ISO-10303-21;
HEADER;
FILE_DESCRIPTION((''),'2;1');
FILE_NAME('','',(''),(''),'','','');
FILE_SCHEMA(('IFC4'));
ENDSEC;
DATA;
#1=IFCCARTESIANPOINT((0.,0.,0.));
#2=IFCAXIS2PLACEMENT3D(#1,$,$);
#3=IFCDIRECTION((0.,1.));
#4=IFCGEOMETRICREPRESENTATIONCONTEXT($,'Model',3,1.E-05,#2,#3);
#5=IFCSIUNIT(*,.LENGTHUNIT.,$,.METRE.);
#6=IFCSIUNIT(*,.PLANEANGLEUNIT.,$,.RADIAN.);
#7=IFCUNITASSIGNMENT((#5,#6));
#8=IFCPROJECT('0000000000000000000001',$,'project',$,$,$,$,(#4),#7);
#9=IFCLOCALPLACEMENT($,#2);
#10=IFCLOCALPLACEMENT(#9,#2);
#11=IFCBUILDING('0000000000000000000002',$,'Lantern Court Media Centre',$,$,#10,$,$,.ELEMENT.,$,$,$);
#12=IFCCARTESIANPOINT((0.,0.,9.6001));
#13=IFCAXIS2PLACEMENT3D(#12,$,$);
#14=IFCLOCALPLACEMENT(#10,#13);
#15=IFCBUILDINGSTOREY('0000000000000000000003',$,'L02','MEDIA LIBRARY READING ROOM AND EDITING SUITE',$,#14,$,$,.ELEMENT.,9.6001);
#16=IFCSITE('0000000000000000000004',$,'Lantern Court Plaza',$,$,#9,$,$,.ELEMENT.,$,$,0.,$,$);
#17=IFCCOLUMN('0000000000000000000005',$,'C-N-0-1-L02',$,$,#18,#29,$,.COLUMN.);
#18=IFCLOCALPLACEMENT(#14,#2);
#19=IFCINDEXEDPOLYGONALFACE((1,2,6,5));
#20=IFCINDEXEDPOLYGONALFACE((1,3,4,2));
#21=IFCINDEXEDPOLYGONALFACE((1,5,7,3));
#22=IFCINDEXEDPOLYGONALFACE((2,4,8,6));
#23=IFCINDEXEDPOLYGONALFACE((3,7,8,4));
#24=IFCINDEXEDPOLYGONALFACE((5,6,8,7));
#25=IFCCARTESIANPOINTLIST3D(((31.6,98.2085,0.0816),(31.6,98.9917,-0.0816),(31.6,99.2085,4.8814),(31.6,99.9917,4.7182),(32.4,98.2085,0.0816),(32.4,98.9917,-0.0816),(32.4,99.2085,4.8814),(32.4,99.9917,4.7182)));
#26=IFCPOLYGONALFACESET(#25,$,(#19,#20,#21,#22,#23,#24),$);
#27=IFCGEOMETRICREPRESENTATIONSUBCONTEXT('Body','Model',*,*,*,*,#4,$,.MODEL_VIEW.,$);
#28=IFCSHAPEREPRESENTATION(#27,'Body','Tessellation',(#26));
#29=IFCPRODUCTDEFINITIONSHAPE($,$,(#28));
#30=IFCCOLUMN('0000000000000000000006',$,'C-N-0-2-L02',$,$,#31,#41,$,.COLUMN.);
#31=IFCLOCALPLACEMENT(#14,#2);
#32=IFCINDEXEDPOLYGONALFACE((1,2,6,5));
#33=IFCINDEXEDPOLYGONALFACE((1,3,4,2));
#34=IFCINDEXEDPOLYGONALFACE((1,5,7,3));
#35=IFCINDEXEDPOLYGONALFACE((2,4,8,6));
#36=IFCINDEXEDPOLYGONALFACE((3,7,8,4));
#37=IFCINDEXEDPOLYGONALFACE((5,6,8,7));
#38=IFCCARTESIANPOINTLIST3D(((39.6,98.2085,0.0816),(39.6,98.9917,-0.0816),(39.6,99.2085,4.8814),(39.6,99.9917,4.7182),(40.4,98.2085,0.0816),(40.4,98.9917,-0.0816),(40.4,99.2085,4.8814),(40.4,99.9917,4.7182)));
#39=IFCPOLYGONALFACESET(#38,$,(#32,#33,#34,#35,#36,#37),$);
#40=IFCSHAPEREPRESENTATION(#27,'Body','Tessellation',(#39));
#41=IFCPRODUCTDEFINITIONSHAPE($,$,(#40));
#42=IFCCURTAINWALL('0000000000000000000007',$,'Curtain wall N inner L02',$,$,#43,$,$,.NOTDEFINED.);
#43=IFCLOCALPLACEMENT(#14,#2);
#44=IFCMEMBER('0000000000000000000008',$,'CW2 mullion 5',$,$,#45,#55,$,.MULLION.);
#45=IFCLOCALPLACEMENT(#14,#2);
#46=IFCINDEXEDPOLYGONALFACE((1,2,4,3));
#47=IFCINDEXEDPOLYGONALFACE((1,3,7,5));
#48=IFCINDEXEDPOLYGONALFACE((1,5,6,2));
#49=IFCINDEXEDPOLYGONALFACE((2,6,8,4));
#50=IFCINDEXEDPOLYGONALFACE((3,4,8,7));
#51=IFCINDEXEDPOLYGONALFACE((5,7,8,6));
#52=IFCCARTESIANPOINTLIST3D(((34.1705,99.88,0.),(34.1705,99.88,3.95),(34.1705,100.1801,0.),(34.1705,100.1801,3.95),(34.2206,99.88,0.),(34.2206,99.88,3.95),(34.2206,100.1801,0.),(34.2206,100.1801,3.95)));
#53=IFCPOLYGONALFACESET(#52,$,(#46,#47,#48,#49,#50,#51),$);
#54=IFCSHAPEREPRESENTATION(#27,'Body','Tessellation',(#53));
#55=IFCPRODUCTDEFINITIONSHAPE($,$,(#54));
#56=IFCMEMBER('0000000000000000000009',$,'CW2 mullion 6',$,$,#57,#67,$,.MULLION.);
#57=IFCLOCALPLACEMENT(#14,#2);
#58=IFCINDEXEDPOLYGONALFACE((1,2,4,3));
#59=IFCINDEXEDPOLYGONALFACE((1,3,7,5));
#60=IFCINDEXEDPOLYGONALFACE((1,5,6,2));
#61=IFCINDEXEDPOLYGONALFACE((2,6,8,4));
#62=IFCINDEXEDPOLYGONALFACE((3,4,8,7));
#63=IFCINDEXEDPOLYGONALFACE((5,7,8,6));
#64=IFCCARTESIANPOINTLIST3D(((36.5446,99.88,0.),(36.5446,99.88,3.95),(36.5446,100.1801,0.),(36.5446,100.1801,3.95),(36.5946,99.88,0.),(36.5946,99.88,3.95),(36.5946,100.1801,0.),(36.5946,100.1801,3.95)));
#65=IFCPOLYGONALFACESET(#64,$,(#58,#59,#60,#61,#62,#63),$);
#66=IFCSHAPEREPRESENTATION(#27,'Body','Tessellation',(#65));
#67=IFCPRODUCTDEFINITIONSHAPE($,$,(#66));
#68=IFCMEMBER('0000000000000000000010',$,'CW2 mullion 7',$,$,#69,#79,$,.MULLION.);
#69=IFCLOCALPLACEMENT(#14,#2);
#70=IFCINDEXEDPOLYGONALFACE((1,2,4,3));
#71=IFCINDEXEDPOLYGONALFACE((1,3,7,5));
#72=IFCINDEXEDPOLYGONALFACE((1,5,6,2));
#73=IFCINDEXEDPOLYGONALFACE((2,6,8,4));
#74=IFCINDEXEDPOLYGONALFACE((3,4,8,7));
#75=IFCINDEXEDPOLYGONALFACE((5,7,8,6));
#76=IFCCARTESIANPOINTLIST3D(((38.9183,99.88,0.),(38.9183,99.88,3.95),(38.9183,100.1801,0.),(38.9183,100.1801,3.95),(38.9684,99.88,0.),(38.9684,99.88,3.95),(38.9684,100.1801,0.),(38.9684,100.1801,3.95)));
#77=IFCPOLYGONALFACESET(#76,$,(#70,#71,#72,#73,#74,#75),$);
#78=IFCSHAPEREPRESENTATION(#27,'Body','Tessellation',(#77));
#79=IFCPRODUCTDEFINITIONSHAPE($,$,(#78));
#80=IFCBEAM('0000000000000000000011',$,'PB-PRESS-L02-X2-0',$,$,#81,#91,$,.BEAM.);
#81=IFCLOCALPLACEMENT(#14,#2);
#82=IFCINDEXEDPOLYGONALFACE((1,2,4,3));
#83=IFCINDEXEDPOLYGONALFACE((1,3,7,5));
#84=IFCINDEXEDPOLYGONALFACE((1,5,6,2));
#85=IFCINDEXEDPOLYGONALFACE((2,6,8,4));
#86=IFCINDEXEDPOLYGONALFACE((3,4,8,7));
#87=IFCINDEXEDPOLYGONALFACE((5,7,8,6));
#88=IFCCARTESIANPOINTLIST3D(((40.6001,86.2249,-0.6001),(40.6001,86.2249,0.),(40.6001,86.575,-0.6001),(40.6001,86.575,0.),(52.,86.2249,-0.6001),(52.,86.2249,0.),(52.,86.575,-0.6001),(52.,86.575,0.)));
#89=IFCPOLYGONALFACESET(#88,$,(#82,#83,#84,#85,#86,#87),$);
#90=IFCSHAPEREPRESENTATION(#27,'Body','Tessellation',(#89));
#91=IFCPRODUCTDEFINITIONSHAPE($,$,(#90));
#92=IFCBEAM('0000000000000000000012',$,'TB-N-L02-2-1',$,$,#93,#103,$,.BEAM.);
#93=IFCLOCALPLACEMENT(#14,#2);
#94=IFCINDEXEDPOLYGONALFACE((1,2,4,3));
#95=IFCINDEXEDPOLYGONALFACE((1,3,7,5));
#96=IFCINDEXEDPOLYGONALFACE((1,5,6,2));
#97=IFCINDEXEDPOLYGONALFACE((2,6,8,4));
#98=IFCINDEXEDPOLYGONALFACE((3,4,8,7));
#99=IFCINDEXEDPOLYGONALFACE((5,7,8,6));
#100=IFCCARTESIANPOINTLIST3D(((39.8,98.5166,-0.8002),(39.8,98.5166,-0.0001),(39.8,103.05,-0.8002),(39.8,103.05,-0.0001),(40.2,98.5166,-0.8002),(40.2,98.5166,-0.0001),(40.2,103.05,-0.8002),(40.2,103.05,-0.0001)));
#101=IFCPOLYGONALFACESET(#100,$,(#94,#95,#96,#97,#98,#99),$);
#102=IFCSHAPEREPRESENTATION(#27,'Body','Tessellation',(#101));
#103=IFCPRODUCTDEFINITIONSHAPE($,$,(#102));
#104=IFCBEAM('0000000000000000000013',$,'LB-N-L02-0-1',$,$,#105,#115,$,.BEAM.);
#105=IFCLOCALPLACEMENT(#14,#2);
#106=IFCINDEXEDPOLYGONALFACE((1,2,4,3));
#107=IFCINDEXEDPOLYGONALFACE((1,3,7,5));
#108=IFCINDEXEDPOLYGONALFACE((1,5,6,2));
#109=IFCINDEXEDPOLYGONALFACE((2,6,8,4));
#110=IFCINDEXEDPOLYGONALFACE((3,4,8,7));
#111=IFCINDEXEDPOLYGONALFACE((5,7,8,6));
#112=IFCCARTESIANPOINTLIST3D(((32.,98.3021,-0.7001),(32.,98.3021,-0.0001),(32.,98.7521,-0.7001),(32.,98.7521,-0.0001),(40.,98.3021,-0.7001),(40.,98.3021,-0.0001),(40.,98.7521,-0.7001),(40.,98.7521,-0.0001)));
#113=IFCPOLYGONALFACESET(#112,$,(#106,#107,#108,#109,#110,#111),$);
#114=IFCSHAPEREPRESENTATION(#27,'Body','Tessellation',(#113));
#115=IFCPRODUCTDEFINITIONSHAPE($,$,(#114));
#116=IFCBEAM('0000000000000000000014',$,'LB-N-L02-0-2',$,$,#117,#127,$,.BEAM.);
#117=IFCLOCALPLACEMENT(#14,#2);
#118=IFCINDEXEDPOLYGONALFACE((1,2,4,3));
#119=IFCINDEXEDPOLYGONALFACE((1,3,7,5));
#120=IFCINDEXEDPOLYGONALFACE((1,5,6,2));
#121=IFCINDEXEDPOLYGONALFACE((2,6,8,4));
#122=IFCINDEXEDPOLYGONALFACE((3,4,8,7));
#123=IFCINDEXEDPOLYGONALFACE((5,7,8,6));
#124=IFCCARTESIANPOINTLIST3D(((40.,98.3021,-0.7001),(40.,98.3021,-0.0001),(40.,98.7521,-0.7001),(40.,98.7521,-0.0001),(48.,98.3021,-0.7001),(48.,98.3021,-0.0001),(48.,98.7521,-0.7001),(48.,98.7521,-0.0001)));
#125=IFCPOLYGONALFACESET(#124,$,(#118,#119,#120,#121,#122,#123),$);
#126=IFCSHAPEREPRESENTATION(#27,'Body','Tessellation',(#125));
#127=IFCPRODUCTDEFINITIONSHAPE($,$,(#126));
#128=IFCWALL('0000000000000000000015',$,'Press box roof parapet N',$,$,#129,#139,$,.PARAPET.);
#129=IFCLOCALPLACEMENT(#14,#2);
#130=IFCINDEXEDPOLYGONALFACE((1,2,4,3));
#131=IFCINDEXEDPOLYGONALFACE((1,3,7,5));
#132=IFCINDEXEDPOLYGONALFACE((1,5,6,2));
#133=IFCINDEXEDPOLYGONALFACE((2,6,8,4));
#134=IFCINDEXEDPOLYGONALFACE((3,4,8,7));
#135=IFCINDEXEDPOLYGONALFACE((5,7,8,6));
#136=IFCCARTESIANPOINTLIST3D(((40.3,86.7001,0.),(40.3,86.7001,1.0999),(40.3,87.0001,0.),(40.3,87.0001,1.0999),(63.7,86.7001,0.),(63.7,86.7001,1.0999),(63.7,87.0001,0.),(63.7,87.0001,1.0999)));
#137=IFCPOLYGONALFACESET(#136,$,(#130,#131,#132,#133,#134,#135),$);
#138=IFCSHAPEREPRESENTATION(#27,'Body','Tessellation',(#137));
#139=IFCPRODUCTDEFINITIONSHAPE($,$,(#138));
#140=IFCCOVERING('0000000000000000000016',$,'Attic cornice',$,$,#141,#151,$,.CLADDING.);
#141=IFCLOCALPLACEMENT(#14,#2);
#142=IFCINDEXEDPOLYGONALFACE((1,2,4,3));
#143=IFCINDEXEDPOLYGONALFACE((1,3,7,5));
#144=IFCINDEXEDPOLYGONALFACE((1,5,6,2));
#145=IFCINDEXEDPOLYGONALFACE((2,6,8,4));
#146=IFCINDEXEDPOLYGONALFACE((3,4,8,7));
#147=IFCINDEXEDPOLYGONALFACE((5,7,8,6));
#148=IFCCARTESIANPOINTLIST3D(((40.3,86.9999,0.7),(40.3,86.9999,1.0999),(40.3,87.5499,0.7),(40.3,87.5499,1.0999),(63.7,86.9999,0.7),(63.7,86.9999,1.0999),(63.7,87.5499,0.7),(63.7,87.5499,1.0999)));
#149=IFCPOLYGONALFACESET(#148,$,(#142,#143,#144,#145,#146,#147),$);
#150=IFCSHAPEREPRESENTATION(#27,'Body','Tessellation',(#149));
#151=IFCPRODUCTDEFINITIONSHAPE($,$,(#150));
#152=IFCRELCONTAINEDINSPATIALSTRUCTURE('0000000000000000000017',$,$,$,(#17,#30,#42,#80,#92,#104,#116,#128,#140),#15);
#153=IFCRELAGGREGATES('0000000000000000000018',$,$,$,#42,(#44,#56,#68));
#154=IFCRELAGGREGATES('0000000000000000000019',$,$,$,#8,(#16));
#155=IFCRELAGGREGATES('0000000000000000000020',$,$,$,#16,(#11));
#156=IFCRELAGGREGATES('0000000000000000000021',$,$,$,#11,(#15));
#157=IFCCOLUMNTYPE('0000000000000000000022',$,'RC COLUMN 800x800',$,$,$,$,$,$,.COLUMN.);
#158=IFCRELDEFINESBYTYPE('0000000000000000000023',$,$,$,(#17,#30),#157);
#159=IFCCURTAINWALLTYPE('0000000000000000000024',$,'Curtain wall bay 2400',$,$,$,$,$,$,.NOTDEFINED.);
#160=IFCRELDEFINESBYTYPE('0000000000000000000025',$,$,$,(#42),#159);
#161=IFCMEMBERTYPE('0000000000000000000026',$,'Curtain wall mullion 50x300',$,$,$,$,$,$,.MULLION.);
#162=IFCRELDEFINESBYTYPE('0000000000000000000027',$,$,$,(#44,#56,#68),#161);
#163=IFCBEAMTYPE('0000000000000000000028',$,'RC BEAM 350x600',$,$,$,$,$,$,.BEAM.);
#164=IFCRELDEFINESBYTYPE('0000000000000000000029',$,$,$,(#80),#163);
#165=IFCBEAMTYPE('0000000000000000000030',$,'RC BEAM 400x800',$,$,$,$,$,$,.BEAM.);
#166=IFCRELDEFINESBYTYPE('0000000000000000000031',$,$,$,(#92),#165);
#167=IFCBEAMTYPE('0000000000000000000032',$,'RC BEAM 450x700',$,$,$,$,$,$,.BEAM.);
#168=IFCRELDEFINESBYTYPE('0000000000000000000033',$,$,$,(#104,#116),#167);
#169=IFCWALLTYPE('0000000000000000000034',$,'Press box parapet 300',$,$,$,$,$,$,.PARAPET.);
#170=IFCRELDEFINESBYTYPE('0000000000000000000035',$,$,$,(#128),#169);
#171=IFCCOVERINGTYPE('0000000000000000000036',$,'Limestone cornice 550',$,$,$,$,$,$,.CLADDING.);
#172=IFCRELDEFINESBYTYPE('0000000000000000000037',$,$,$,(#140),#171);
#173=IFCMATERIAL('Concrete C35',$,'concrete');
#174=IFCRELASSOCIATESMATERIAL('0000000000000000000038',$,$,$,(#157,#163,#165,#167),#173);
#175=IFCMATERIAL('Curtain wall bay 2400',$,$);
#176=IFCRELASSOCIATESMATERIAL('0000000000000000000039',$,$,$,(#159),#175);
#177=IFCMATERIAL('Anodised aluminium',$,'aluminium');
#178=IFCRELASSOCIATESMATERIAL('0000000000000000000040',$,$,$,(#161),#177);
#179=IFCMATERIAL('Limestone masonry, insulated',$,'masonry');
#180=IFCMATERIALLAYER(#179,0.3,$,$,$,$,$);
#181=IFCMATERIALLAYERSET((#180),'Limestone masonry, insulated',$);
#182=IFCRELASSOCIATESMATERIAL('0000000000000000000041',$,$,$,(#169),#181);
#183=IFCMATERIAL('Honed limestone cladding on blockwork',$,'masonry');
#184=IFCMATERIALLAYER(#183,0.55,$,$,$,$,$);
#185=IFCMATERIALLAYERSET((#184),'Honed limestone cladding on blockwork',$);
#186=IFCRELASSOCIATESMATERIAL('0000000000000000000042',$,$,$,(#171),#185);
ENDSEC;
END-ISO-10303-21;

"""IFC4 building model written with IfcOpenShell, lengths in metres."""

from ifc_helpers import new_model, si_unit, direction, frame, frame_2d, origin, origin_2d, place, context, subcontext, project, spatial, rectangle, extrude, material, layer, layer_set, material_profile, profile_set, type_object, element, aggregate, save


model = new_model("IFC4")

# Units and contexts
model_context = context("Model", 3, precision=1e-05, world=origin(), true_north=direction((0.0, 1.0)))
body_context = subcontext(model_context, "Body", "Model", "MODEL_VIEW")
ifc_project = project(units=[si_unit("LENGTHUNIT", "METRE"), si_unit("PLANEANGLEUNIT", "RADIAN")], contexts=[model_context])

# Site, building, storey
site_placement = place(None, origin())
site = spatial("IfcSite", under=ifc_project, at=site_placement, Name="Lantern Court Plaza", CompositionType="ELEMENT", RefElevation=0.0)
building_placement = place(site_placement, origin())
building = spatial("IfcBuilding", under=site, at=building_placement, Name="Lantern Court Media Centre", CompositionType="ELEMENT")
storey_placement = place(building_placement, frame((0.0, 0.0, 9.6001)))
storey = spatial("IfcBuildingStorey", under=building, at=storey_placement, Name="L02", Description="MEDIA LIBRARY READING ROOM AND EDITING SUITE", CompositionType="ELEMENT", Elevation=9.6001)

# Columns
ifc_material_1 = material(Name="Concrete C35", Category="concrete")
ifc_material_profile_1 = material_profile(ifc_material_1, rectangle(XDim=0.8, YDim=0.8, at=origin_2d()), Name="RC 800x800")
ifc_profile_set_1 = profile_set([ifc_material_profile_1], Name="Concrete C35")
column_type = type_object("IfcColumnType", Name="RC COLUMN 800x800", PredefinedType="COLUMN", material=ifc_profile_set_1)
for number, where, z_axis, x_axis, name in (
    (1, (32.0, 98.6001, 0.0), (0.0, 0.203962, 0.978979), (-1.0, 0.0, 0.0), "C-N-0-1-L02"),
    (2, (40.0, 98.6001, 0.0), (0.0, 0.203962, 0.978979), (-1.0, 0.0, 0.0), "C-N-0-2-L02"),
):
    element("IfcColumn", number, at=place(storey_placement, frame(where, z_axis=z_axis, x_axis=x_axis)), inside=storey, type_object=column_type, Name=name, PredefinedType="COLUMN", context=body_context, shape_type="SweptSolid", body=[
        extrude(rectangle(XDim=0.8, YDim=0.8, at=origin_2d()), origin(), (0.0, 0.0, 1.0), 4.9028),
    ])

# Curtain wall, members
ifc_material_2 = material(Name="Curtain wall bay 2400")
curtain_wall_type = type_object("IfcCurtainWallType", Name="Curtain wall bay 2400", PredefinedType="NOTDEFINED", material=ifc_material_2)
curtain_wall_placement = place(storey_placement, origin())
curtain_wall = element("IfcCurtainWall", 3, at=curtain_wall_placement, inside=storey, type_object=curtain_wall_type, Name="Curtain wall N inner L02", PredefinedType="NOTDEFINED")
ifc_material_3 = material(Name="Anodised aluminium", Category="aluminium")
ifc_material_profile_2 = material_profile(ifc_material_3, rectangle(XDim=0.3, YDim=0.05, at=origin_2d()), Name="AL 50x300")
ifc_profile_set_2 = profile_set([ifc_material_profile_2], Name="Anodised aluminium")
member_type = type_object("IfcMemberType", Name="Curtain wall mullion 50x300", PredefinedType="MULLION", material=ifc_profile_set_2)
member_1_placement = place(storey_placement, frame((34.1956, 100.03, 0.0), z_axis=(0.0, 0.0, 1.0), x_axis=(0.0, 1.0, 0.0)))
member_1 = element("IfcMember", 4, at=member_1_placement, type_object=member_type, Name="CW2 mullion 5", PredefinedType="MULLION", context=body_context, shape_type="SweptSolid", body=[
    extrude(rectangle(XDim=0.3, YDim=0.05, at=origin_2d()), origin(), (0.0, 0.0, 1.0), 3.95),
])
member_2_placement = place(storey_placement, frame((36.5696, 100.03, 0.0), z_axis=(0.0, 0.0, 1.0), x_axis=(0.0, 1.0, 0.0)))
member_2 = element("IfcMember", 5, at=member_2_placement, type_object=member_type, Name="CW2 mullion 6", PredefinedType="MULLION", context=body_context, shape_type="SweptSolid", body=[
    extrude(rectangle(XDim=0.3, YDim=0.05, at=origin_2d()), origin(), (0.0, 0.0, 1.0), 3.95),
])
member_3_placement = place(storey_placement, frame((38.9434, 100.03, 0.0), z_axis=(0.0, 0.0, 1.0), x_axis=(0.0, 1.0, 0.0)))
member_3 = element("IfcMember", 6, at=member_3_placement, type_object=member_type, Name="CW2 mullion 7", PredefinedType="MULLION", context=body_context, shape_type="SweptSolid", body=[
    extrude(rectangle(XDim=0.3, YDim=0.05, at=origin_2d()), origin(), (0.0, 0.0, 1.0), 3.95),
])
aggregate(curtain_wall, [member_1, member_2, member_3])

# Beams
ifc_material_profile_3 = material_profile(ifc_material_1, rectangle(XDim=0.3501, YDim=0.6001, at=origin_2d()), Name="RC 350x600")
ifc_profile_set_3 = profile_set([ifc_material_profile_3], Name="Concrete C35")
beam_type_1 = type_object("IfcBeamType", Name="RC BEAM 350x600", PredefinedType="BEAM", material=ifc_profile_set_3)
beam_1_placement = place(storey_placement, frame((40.6001, 86.3999, -0.3), z_axis=(1.0, 0.0, 0.0), x_axis=(0.0, 1.0, 0.0)))
element("IfcBeam", 7, at=beam_1_placement, inside=storey, type_object=beam_type_1, Name="PB-PRESS-L02-X2-0", PredefinedType="BEAM", context=body_context, shape_type="SweptSolid", body=[
    extrude(rectangle(XDim=0.3501, YDim=0.6001, at=origin_2d()), origin(), (0.0, 0.0, 1.0), 11.3999),
])
ifc_material_profile_4 = material_profile(ifc_material_1, rectangle(XDim=0.3999, YDim=0.8, at=origin_2d()), Name="RC 400x800")
ifc_profile_set_4 = profile_set([ifc_material_profile_4], Name="Concrete C35")
beam_type_2 = type_object("IfcBeamType", Name="RC BEAM 400x800", PredefinedType="BEAM", material=ifc_profile_set_4)
beam_2_placement = place(storey_placement, frame((40.0, 98.5166, -0.4001), z_axis=(0.0, 1.0, 0.0), x_axis=(-1.0, 0.0, 0.0)))
element("IfcBeam", 8, at=beam_2_placement, inside=storey, type_object=beam_type_2, Name="TB-N-L02-2-1", PredefinedType="BEAM", context=body_context, shape_type="SweptSolid", body=[
    extrude(rectangle(XDim=0.3999, YDim=0.8, at=origin_2d()), origin(), (0.0, 0.0, 1.0), 4.5334),
])
ifc_material_profile_5 = material_profile(ifc_material_1, rectangle(XDim=0.45, YDim=0.7, at=origin_2d()), Name="RC 450x700")
ifc_profile_set_5 = profile_set([ifc_material_profile_5], Name="Concrete C35")
beam_type_3 = type_object("IfcBeamType", Name="RC BEAM 450x700", PredefinedType="BEAM", material=ifc_profile_set_5)
for number, where, z_axis, x_axis, name in (
    (9, (32.0, 98.5271, -0.3501), (1.0, 0.0, 0.0), (0.0, 1.0, 0.0), "LB-N-L02-0-1"),
    (10, (40.0, 98.5271, -0.3501), (1.0, 0.0, 0.0), (0.0, 1.0, 0.0), "LB-N-L02-0-2"),
):
    element("IfcBeam", number, at=place(storey_placement, frame(where, z_axis=z_axis, x_axis=x_axis)), inside=storey, type_object=beam_type_3, Name=name, PredefinedType="BEAM", context=body_context, shape_type="SweptSolid", body=[
        extrude(rectangle(XDim=0.45, YDim=0.7, at=origin_2d()), origin(), (0.0, 0.0, 1.0), 8.0),
    ])

# Wall
ifc_material_4 = material(Name="Limestone masonry, insulated", Category="masonry")
ifc_layer_1 = layer(ifc_material_4, 0.3)
ifc_layer_set_1 = layer_set([ifc_layer_1], Name="Limestone masonry, insulated")
wall_type = type_object("IfcWallType", Name="Press box parapet 300", PredefinedType="PARAPET", material=ifc_layer_set_1)
wall_placement = place(storey_placement, frame((40.3, 86.8501, 0.0), z_axis=(0.0, 0.0, 1.0), x_axis=(1.0, 0.0, 0.0)))
element("IfcWall", 11, at=wall_placement, inside=storey, type_object=wall_type, Name="Press box roof parapet N", PredefinedType="PARAPET", context=body_context, shape_type="SweptSolid", body=[
    extrude(rectangle(XDim=23.3999, YDim=0.3, at=frame_2d((11.7, 0.0))), origin(), (0.0, 0.0, 1.0), 1.0999),
])

# Covering
ifc_material_5 = material(Name="Honed limestone cladding on blockwork", Category="masonry")
ifc_layer_2 = layer(ifc_material_5, 0.55)
ifc_layer_set_2 = layer_set([ifc_layer_2], Name="Honed limestone cladding on blockwork")
covering_type_1 = type_object("IfcCoveringType", Name="Limestone cornice 550", PredefinedType="CLADDING", material=ifc_layer_set_2)
covering_1_placement = place(storey_placement, frame((40.3, 87.2749, 0.7), z_axis=(0.0, 0.0, 1.0), x_axis=(1.0, 0.0, 0.0)))
element("IfcCovering", 12, at=covering_1_placement, inside=storey, type_object=covering_type_1, Name="Attic cornice", PredefinedType="CLADDING", context=body_context, shape_type="SweptSolid", body=[
    extrude(rectangle(XDim=23.3999, YDim=0.55, at=frame_2d((11.7, 0.0))), origin(), (0.0, 0.0, 1.0), 0.3999),
])

save(model, "model.ifc")
